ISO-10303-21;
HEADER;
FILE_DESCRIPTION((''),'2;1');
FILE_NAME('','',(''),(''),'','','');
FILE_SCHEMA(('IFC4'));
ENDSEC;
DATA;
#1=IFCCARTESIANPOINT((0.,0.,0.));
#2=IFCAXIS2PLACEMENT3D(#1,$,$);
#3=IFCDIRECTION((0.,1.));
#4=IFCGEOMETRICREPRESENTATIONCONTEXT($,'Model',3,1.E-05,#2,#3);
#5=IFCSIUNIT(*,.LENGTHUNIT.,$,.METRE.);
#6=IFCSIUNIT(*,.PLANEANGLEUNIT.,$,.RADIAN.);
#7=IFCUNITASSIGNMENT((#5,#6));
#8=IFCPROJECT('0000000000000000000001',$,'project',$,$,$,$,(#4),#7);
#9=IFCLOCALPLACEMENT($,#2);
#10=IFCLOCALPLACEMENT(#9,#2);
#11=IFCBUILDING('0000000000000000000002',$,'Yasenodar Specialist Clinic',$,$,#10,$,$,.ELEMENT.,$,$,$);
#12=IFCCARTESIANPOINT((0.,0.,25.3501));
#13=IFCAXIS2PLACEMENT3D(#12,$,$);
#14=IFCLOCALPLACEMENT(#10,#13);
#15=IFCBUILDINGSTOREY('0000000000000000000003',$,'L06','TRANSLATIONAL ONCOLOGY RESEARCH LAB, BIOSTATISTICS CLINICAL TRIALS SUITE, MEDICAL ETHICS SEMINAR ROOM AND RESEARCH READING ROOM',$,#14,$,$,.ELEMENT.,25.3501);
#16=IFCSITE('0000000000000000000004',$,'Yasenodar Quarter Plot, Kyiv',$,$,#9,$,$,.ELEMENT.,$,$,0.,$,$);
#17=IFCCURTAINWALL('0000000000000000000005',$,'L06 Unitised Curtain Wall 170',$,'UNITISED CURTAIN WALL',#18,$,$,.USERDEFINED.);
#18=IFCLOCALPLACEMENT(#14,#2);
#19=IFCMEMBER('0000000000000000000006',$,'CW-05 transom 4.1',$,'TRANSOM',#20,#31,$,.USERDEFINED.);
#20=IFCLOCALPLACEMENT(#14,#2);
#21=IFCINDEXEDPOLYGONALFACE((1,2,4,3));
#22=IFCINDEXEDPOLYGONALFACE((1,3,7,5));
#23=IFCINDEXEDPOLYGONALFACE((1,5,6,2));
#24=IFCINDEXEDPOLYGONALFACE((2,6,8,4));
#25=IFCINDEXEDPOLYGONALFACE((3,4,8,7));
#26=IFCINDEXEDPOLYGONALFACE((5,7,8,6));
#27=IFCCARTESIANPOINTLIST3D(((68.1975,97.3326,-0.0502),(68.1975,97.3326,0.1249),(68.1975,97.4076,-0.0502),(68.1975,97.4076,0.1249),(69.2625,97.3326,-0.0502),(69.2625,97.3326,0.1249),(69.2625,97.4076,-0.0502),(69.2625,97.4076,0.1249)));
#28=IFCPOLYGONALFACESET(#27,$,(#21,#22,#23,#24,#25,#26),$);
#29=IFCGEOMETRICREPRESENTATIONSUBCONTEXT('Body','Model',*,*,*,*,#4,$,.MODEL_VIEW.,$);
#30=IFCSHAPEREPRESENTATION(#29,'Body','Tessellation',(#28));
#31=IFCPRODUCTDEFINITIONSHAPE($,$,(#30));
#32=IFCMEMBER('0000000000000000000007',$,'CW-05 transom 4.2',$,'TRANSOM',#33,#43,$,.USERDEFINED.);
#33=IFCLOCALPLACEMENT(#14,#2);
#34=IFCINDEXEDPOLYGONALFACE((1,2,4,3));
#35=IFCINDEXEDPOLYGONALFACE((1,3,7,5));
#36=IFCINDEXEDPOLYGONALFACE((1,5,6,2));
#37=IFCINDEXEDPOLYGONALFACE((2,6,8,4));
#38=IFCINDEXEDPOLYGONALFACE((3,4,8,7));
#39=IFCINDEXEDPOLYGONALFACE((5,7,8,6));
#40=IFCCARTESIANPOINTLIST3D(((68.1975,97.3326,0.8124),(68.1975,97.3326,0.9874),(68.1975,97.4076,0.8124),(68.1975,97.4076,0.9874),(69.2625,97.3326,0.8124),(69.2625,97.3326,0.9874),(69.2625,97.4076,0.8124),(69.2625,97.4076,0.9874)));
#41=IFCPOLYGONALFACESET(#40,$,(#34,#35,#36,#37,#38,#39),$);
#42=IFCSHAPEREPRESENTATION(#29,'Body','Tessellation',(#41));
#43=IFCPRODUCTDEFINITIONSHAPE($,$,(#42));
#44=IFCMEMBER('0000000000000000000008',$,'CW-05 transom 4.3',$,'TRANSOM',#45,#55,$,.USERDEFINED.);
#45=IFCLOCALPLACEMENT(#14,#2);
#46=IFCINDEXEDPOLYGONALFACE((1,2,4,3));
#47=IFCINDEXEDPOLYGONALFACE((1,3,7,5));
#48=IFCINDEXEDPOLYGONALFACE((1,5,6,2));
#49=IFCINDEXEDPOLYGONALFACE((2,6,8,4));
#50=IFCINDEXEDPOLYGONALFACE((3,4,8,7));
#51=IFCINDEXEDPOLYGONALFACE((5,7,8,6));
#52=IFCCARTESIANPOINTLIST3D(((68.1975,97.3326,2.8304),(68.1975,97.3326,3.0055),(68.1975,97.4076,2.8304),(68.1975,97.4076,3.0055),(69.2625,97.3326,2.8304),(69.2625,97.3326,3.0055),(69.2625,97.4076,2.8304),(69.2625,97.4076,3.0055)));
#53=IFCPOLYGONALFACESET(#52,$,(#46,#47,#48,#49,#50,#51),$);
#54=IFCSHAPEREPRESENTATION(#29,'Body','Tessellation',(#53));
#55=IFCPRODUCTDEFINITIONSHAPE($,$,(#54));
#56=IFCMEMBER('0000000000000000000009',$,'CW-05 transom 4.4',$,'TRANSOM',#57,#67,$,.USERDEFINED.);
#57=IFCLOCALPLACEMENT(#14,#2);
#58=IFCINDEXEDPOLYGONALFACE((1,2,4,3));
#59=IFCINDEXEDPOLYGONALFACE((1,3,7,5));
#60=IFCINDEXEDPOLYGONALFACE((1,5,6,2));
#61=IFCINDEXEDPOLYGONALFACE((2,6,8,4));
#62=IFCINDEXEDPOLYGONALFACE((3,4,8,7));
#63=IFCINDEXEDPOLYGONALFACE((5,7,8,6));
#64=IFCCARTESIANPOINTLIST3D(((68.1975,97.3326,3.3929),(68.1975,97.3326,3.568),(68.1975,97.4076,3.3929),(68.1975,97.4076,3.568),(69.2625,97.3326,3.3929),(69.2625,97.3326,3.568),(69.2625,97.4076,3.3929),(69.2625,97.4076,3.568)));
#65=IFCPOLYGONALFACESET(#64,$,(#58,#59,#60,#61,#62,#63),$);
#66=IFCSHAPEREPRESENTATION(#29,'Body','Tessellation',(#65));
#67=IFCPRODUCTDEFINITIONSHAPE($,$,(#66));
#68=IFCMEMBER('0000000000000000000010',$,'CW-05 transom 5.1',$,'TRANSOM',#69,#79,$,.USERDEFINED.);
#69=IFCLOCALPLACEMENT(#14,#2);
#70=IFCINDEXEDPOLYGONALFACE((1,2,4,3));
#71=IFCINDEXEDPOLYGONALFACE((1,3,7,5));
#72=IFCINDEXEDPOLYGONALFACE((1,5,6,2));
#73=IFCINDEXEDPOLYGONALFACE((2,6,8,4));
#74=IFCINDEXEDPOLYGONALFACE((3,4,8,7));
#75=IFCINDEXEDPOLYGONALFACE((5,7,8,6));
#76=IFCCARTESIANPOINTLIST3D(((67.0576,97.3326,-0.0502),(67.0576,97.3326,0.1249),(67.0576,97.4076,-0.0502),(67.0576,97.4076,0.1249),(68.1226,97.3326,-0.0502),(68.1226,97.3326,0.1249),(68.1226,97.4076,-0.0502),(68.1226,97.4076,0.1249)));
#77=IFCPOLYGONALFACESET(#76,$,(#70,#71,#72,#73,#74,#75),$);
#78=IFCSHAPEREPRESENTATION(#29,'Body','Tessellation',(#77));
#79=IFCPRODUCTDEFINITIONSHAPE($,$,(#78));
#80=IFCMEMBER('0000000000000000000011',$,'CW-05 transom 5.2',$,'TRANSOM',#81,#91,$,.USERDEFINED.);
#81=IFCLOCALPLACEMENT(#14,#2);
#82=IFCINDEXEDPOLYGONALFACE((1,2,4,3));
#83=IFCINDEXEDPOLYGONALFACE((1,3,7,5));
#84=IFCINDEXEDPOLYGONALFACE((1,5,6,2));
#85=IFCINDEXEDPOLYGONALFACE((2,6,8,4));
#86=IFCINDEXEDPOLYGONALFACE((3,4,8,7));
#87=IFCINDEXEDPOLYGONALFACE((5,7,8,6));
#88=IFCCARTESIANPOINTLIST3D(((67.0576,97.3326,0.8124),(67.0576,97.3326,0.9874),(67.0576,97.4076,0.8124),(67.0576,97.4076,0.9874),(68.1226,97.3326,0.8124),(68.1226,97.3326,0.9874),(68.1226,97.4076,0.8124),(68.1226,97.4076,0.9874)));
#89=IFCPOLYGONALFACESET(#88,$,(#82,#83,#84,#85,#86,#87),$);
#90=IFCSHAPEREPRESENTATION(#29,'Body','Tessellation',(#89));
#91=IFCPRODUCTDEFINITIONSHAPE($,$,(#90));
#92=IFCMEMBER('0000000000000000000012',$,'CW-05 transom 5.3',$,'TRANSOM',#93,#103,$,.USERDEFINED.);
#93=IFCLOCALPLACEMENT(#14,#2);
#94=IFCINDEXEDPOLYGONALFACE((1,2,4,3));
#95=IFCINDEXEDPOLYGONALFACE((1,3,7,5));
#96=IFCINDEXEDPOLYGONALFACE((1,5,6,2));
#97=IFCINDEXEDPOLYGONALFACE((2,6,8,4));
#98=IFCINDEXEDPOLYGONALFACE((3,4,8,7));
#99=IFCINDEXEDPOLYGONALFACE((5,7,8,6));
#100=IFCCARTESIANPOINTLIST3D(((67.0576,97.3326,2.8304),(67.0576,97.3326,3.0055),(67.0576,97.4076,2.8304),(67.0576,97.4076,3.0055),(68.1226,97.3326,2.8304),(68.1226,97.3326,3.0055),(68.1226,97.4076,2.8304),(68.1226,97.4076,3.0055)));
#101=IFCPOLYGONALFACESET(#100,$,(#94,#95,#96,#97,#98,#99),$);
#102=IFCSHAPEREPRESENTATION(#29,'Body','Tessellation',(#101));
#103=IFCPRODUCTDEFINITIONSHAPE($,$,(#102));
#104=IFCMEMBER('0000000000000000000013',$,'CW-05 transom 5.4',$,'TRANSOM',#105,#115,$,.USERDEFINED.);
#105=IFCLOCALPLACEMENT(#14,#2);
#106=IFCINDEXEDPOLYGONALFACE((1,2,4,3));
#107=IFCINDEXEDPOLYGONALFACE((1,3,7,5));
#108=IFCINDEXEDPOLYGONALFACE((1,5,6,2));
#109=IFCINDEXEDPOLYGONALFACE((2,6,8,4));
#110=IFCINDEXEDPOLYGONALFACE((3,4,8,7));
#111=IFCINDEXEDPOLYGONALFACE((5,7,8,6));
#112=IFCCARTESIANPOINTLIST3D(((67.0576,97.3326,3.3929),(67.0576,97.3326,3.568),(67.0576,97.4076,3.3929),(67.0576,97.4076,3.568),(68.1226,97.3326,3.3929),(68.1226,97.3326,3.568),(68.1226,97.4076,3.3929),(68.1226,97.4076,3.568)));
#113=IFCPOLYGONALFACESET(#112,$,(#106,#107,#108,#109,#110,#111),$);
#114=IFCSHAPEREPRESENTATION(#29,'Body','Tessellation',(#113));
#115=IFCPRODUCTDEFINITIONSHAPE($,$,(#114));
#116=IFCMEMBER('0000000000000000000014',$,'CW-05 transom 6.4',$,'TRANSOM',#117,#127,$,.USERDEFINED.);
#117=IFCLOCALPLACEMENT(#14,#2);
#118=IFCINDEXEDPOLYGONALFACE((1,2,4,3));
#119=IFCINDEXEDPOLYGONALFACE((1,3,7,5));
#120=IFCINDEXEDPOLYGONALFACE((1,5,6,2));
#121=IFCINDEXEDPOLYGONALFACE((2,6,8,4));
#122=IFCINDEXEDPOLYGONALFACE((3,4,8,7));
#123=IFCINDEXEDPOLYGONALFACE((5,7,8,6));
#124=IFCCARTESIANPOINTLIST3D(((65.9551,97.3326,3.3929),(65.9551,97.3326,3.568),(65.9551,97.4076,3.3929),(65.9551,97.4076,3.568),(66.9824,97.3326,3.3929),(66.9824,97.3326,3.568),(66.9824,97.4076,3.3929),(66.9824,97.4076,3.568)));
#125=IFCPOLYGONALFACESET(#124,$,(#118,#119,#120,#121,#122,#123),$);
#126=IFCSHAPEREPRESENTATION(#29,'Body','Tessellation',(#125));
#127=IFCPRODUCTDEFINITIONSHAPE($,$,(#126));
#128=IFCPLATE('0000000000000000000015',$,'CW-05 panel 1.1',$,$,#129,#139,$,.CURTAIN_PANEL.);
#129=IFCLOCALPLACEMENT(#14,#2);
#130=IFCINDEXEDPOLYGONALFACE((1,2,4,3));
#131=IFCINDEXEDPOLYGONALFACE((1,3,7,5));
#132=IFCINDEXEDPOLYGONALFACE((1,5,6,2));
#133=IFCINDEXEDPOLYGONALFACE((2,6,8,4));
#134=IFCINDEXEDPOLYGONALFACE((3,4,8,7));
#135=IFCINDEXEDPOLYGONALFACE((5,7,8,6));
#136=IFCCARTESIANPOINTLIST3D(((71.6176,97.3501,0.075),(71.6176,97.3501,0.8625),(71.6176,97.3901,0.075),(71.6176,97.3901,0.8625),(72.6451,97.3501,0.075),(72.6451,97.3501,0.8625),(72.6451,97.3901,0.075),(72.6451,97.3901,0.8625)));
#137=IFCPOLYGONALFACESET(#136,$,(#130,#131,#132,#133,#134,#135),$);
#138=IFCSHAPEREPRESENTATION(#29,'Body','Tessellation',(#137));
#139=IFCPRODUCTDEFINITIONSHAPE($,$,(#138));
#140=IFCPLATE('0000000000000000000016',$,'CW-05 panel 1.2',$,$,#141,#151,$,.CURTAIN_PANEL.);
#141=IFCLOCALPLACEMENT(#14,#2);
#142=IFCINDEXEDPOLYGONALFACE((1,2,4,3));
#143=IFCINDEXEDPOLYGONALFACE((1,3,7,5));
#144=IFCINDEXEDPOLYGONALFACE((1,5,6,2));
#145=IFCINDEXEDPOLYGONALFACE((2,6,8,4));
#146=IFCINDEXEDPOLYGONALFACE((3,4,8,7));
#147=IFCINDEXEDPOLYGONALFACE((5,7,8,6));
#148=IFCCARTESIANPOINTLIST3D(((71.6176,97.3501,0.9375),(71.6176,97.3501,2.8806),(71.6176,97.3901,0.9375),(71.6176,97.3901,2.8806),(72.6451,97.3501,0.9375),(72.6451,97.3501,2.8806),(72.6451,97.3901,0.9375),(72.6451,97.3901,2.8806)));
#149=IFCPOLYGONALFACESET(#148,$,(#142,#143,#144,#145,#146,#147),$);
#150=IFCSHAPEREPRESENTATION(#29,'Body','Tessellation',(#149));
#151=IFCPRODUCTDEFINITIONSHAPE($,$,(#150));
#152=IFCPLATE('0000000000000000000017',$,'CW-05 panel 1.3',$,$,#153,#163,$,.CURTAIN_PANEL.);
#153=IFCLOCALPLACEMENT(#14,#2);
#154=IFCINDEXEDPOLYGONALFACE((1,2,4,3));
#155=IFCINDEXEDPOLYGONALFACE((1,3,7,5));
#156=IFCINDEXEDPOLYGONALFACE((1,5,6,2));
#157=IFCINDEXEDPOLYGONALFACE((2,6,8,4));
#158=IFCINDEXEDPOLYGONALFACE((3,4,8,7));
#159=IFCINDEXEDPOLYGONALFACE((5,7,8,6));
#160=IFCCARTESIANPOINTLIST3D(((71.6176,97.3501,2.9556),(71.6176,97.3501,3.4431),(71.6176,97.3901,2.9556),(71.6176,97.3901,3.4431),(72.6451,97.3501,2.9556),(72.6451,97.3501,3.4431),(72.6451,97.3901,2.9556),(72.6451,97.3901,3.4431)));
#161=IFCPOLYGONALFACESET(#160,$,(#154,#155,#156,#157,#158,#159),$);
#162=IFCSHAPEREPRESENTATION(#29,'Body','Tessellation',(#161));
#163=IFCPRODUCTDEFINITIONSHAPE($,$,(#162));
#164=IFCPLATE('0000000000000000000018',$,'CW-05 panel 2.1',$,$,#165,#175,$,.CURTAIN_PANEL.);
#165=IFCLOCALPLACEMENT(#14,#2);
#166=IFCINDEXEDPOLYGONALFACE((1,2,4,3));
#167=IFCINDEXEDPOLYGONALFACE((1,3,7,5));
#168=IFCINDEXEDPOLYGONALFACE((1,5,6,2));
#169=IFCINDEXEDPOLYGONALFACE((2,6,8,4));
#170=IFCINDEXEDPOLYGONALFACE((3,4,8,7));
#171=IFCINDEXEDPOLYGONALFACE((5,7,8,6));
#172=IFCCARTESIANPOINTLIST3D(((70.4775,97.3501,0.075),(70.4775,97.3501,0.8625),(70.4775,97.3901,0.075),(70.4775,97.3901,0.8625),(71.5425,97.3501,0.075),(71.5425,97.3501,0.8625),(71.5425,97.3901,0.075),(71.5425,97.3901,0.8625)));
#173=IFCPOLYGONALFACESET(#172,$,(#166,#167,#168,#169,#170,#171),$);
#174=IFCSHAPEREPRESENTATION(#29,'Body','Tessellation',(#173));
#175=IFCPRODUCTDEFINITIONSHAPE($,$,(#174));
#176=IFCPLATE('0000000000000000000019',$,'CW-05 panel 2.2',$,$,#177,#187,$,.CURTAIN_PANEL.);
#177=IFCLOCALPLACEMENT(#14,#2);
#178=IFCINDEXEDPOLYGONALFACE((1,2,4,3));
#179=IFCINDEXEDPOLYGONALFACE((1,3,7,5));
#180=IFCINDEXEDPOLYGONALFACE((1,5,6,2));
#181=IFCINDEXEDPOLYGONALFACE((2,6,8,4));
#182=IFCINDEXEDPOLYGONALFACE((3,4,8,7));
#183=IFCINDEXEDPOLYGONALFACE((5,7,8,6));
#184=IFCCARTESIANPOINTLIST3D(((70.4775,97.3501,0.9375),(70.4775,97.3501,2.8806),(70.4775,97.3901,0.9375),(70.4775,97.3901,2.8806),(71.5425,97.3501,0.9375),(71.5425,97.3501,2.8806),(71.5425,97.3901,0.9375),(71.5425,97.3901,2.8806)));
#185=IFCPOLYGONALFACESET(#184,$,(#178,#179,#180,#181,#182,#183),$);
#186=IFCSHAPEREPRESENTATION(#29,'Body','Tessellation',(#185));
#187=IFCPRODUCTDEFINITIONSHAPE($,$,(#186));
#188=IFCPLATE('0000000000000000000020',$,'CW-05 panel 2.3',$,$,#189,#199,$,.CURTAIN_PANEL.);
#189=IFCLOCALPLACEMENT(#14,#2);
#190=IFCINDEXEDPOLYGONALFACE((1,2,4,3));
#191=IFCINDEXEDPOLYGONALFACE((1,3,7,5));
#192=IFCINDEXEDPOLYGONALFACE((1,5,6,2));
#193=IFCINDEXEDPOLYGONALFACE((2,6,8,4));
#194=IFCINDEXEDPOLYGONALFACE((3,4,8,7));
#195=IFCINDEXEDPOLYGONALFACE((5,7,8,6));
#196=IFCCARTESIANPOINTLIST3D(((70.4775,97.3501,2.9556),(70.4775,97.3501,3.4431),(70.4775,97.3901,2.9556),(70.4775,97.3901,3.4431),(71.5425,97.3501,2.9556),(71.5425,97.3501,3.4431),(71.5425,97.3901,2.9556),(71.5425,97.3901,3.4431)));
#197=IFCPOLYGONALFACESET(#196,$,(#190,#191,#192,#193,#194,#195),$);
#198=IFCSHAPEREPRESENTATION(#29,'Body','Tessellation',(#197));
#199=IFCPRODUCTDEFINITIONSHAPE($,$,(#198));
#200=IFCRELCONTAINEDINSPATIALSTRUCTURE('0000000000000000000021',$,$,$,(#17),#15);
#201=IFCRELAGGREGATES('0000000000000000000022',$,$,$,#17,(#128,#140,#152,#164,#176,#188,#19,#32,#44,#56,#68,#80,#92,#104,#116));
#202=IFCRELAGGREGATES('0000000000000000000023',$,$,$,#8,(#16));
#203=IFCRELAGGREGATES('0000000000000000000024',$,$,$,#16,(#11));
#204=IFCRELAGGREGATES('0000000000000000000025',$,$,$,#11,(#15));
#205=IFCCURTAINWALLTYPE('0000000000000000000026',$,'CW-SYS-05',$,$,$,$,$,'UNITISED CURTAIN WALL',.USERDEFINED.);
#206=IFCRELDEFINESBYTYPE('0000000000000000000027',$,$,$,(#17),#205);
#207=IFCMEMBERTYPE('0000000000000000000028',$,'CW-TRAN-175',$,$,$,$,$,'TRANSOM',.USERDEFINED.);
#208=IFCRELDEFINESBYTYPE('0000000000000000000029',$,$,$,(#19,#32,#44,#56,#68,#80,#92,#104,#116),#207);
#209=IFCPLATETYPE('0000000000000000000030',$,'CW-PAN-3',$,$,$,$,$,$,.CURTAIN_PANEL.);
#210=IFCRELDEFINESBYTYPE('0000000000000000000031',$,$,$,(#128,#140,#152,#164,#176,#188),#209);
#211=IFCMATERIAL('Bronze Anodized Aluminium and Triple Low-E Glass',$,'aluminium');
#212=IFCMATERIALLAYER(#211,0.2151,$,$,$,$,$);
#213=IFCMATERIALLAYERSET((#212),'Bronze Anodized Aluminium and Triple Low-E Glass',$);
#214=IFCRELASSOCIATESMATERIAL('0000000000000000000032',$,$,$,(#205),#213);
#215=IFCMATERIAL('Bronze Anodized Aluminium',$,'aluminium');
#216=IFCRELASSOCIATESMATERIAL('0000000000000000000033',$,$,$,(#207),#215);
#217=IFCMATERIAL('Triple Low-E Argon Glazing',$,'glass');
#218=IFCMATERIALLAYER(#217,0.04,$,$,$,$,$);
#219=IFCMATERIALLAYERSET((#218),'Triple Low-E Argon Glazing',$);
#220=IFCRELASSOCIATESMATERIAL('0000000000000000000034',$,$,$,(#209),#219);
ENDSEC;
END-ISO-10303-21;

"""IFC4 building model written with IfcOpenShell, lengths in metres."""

from ifc_helpers import new_model, si_unit, direction, frame, origin, origin_2d, place, context, subcontext, project, spatial, rectangle, extrude, material, layer, layer_set, material_profile, profile_set, type_object, element, aggregate, save


model = new_model("IFC4")

# Units and contexts
model_context = context("Model", 3, precision=1e-05, world=origin(), true_north=direction((0.0, 1.0)))
body_context = subcontext(model_context, "Body", "Model", "MODEL_VIEW")
ifc_project = project(units=[si_unit("LENGTHUNIT", "METRE"), si_unit("PLANEANGLEUNIT", "RADIAN")], contexts=[model_context])

# Site, building, storey
site_placement = place(None, origin())
site = spatial("IfcSite", under=ifc_project, at=site_placement, Name="Yasenodar Quarter Plot, Kyiv", CompositionType="ELEMENT", RefElevation=0.0)
building_placement = place(site_placement, origin())
building = spatial("IfcBuilding", under=site, at=building_placement, Name="Yasenodar Specialist Clinic", CompositionType="ELEMENT")
storey_placement = place(building_placement, frame((0.0, 0.0, 25.3501)))
storey = spatial("IfcBuildingStorey", under=building, at=storey_placement, Name="L06", Description="TRANSLATIONAL ONCOLOGY RESEARCH LAB, BIOSTATISTICS CLINICAL TRIALS SUITE, MEDICAL ETHICS SEMINAR ROOM AND RESEARCH READING ROOM", CompositionType="ELEMENT", Elevation=25.3501)

# Curtain wall, members, plates
ifc_material_1 = material(Name="Bronze Anodized Aluminium and Triple Low-E Glass", Category="aluminium")
ifc_layer_1 = layer(ifc_material_1, 0.2151)
ifc_layer_set_1 = layer_set([ifc_layer_1], Name="Bronze Anodized Aluminium and Triple Low-E Glass")
curtain_wall_type = type_object("IfcCurtainWallType", Name="CW-SYS-05", ElementType="UNITISED CURTAIN WALL", PredefinedType="USERDEFINED", material=ifc_layer_set_1)
curtain_wall_placement = place(storey_placement, origin())
curtain_wall = element("IfcCurtainWall", 1, at=curtain_wall_placement, inside=storey, type_object=curtain_wall_type, Name="L06 Unitised Curtain Wall 170", ObjectType="UNITISED CURTAIN WALL", PredefinedType="USERDEFINED")
ifc_material_2 = material(Name="Bronze Anodized Aluminium", Category="aluminium")
ifc_material_profile_1 = material_profile(ifc_material_2, rectangle(XDim=0.075, YDim=0.175, at=origin_2d()), Name="CW-TRAN 75x175")
ifc_profile_set_1 = profile_set([ifc_material_profile_1], Name="Bronze Anodized Aluminium")
member_type_1 = type_object("IfcMemberType", Name="CW-TRAN-175", ElementType="TRANSOM", PredefinedType="USERDEFINED", material=ifc_profile_set_1)
member_1_placement = place(storey_placement, frame((69.2625, 97.3701, 0.0374), z_axis=(-1.0, 0.0, 0.0), x_axis=(0.0, -1.0, 0.0)))
member_1 = element("IfcMember", 2, at=member_1_placement, type_object=member_type_1, Name="CW-05 transom 4.1", ObjectType="TRANSOM", PredefinedType="USERDEFINED", context=body_context, shape_type="SweptSolid", body=[
    extrude(rectangle(XDim=0.075, YDim=0.175, at=origin_2d()), origin(), (0.0, 0.0, 1.0), 1.0649),
])
member_2_placement = place(storey_placement, frame((69.2625, 97.3701, 0.8999), z_axis=(-1.0, 0.0, 0.0), x_axis=(0.0, -1.0, 0.0)))
member_2 = element("IfcMember", 3, at=member_2_placement, type_object=member_type_1, Name="CW-05 transom 4.2", ObjectType="TRANSOM", PredefinedType="USERDEFINED", context=body_context, shape_type="SweptSolid", body=[
    extrude(rectangle(XDim=0.075, YDim=0.175, at=origin_2d()), origin(), (0.0, 0.0, 1.0), 1.0649),
])
member_3_placement = place(storey_placement, frame((69.2625, 97.3701, 2.918), z_axis=(-1.0, 0.0, 0.0), x_axis=(0.0, -1.0, 0.0)))
member_3 = element("IfcMember", 4, at=member_3_placement, type_object=member_type_1, Name="CW-05 transom 4.3", ObjectType="TRANSOM", PredefinedType="USERDEFINED", context=body_context, shape_type="SweptSolid", body=[
    extrude(rectangle(XDim=0.075, YDim=0.175, at=origin_2d()), origin(), (0.0, 0.0, 1.0), 1.0649),
])
member_4_placement = place(storey_placement, frame((69.2625, 97.3701, 3.4805), z_axis=(-1.0, 0.0, 0.0), x_axis=(0.0, -1.0, 0.0)))
member_4 = element("IfcMember", 5, at=member_4_placement, type_object=member_type_1, Name="CW-05 transom 4.4", ObjectType="TRANSOM", PredefinedType="USERDEFINED", context=body_context, shape_type="SweptSolid", body=[
    extrude(rectangle(XDim=0.075, YDim=0.175, at=origin_2d()), origin(), (0.0, 0.0, 1.0), 1.0649),
])
member_5_placement = place(storey_placement, frame((68.1226, 97.3701, 0.0374), z_axis=(-1.0, 0.0, 0.0), x_axis=(0.0, -1.0, 0.0)))
member_5 = element("IfcMember", 6, at=member_5_placement, type_object=member_type_1, Name="CW-05 transom 5.1", ObjectType="TRANSOM", PredefinedType="USERDEFINED", context=body_context, shape_type="SweptSolid", body=[
    extrude(rectangle(XDim=0.075, YDim=0.175, at=origin_2d()), origin(), (0.0, 0.0, 1.0), 1.0649),
])
member_6_placement = place(storey_placement, frame((68.1226, 97.3701, 0.8999), z_axis=(-1.0, 0.0, 0.0), x_axis=(0.0, -1.0, 0.0)))
member_6 = element("IfcMember", 7, at=member_6_placement, type_object=member_type_1, Name="CW-05 transom 5.2", ObjectType="TRANSOM", PredefinedType="USERDEFINED", context=body_context, shape_type="SweptSolid", body=[
    extrude(rectangle(XDim=0.075, YDim=0.175, at=origin_2d()), origin(), (0.0, 0.0, 1.0), 1.0649),
])
member_7_placement = place(storey_placement, frame((68.1226, 97.3701, 2.918), z_axis=(-1.0, 0.0, 0.0), x_axis=(0.0, -1.0, 0.0)))
member_7 = element("IfcMember", 8, at=member_7_placement, type_object=member_type_1, Name="CW-05 transom 5.3", ObjectType="TRANSOM", PredefinedType="USERDEFINED", context=body_context, shape_type="SweptSolid", body=[
    extrude(rectangle(XDim=0.075, YDim=0.175, at=origin_2d()), origin(), (0.0, 0.0, 1.0), 1.0649),
])
member_8_placement = place(storey_placement, frame((68.1226, 97.3701, 3.4805), z_axis=(-1.0, 0.0, 0.0), x_axis=(0.0, -1.0, 0.0)))
member_8 = element("IfcMember", 9, at=member_8_placement, type_object=member_type_1, Name="CW-05 transom 5.4", ObjectType="TRANSOM", PredefinedType="USERDEFINED", context=body_context, shape_type="SweptSolid", body=[
    extrude(rectangle(XDim=0.075, YDim=0.175, at=origin_2d()), origin(), (0.0, 0.0, 1.0), 1.0649),
])
member_9_placement = place(storey_placement, frame((66.9824, 97.3701, 3.4805), z_axis=(-1.0, 0.0, 0.0), x_axis=(0.0, -1.0, 0.0)))
member_9 = element("IfcMember", 10, at=member_9_placement, type_object=member_type_1, Name="CW-05 transom 6.4", ObjectType="TRANSOM", PredefinedType="USERDEFINED", context=body_context, shape_type="SweptSolid", body=[
    extrude(rectangle(XDim=0.075, YDim=0.175, at=origin_2d()), origin(), (0.0, 0.0, 1.0), 1.0273),
])
ifc_material_3 = material(Name="Triple Low-E Argon Glazing", Category="glass")
ifc_layer_2 = layer(ifc_material_3, 0.04)
ifc_layer_set_2 = layer_set([ifc_layer_2], Name="Triple Low-E Argon Glazing")
plate_type = type_object("IfcPlateType", Name="CW-PAN-3", PredefinedType="CURTAIN_PANEL", material=ifc_layer_set_2)
plate_1_placement = place(storey_placement, frame((72.1313, 97.3701, 0.075), z_axis=(0.0, 0.0, 1.0), x_axis=(-1.0, 0.0, 0.0)))
plate_1 = element("IfcPlate", 11, at=plate_1_placement, type_object=plate_type, Name="CW-05 panel 1.1", PredefinedType="CURTAIN_PANEL", context=body_context, shape_type="SweptSolid", body=[
    extrude(rectangle(XDim=1.0276, YDim=0.04, at=origin_2d()), origin(), (0.0, 0.0, 1.0), 0.7876),
])
plate_2_placement = place(storey_placement, frame((72.1313, 97.3701, 0.9375), z_axis=(0.0, 0.0, 1.0), x_axis=(-1.0, 0.0, 0.0)))
plate_2 = element("IfcPlate", 12, at=plate_2_placement, type_object=plate_type, Name="CW-05 panel 1.2", PredefinedType="CURTAIN_PANEL", context=body_context, shape_type="SweptSolid", body=[
    extrude(rectangle(XDim=1.0276, YDim=0.04, at=origin_2d()), origin(), (0.0, 0.0, 1.0), 1.9431),
])
plate_3_placement = place(storey_placement, frame((72.1313, 97.3701, 2.9556), z_axis=(0.0, 0.0, 1.0), x_axis=(-1.0, 0.0, 0.0)))
plate_3 = element("IfcPlate", 13, at=plate_3_placement, type_object=plate_type, Name="CW-05 panel 1.3", PredefinedType="CURTAIN_PANEL", context=body_context, shape_type="SweptSolid", body=[
    extrude(rectangle(XDim=1.0276, YDim=0.04, at=origin_2d()), origin(), (0.0, 0.0, 1.0), 0.4875),
])
plate_4_placement = place(storey_placement, frame((71.01, 97.3701, 0.075), z_axis=(0.0, 0.0, 1.0), x_axis=(-1.0, 0.0, 0.0)))
plate_4 = element("IfcPlate", 14, at=plate_4_placement, type_object=plate_type, Name="CW-05 panel 2.1", PredefinedType="CURTAIN_PANEL", context=body_context, shape_type="SweptSolid", body=[
    extrude(rectangle(XDim=1.0649, YDim=0.04, at=origin_2d()), origin(), (0.0, 0.0, 1.0), 0.7876),
])
plate_5_placement = place(storey_placement, frame((71.01, 97.3701, 0.9375), z_axis=(0.0, 0.0, 1.0), x_axis=(-1.0, 0.0, 0.0)))
plate_5 = element("IfcPlate", 15, at=plate_5_placement, type_object=plate_type, Name="CW-05 panel 2.2", PredefinedType="CURTAIN_PANEL", context=body_context, shape_type="SweptSolid", body=[
    extrude(rectangle(XDim=1.0649, YDim=0.04, at=origin_2d()), origin(), (0.0, 0.0, 1.0), 1.9431),
])
plate_6_placement = place(storey_placement, frame((71.01, 97.3701, 2.9556), z_axis=(0.0, 0.0, 1.0), x_axis=(-1.0, 0.0, 0.0)))
plate_6 = element("IfcPlate", 16, at=plate_6_placement, type_object=plate_type, Name="CW-05 panel 2.3", PredefinedType="CURTAIN_PANEL", context=body_context, shape_type="SweptSolid", body=[
    extrude(rectangle(XDim=1.0649, YDim=0.04, at=origin_2d()), origin(), (0.0, 0.0, 1.0), 0.4875),
])
aggregate(curtain_wall, [plate_1, plate_2, plate_3, plate_4, plate_5, plate_6, member_1, member_2, member_3, member_4, member_5, member_6, member_7, member_8, member_9])

save(model, "model.ifc")
